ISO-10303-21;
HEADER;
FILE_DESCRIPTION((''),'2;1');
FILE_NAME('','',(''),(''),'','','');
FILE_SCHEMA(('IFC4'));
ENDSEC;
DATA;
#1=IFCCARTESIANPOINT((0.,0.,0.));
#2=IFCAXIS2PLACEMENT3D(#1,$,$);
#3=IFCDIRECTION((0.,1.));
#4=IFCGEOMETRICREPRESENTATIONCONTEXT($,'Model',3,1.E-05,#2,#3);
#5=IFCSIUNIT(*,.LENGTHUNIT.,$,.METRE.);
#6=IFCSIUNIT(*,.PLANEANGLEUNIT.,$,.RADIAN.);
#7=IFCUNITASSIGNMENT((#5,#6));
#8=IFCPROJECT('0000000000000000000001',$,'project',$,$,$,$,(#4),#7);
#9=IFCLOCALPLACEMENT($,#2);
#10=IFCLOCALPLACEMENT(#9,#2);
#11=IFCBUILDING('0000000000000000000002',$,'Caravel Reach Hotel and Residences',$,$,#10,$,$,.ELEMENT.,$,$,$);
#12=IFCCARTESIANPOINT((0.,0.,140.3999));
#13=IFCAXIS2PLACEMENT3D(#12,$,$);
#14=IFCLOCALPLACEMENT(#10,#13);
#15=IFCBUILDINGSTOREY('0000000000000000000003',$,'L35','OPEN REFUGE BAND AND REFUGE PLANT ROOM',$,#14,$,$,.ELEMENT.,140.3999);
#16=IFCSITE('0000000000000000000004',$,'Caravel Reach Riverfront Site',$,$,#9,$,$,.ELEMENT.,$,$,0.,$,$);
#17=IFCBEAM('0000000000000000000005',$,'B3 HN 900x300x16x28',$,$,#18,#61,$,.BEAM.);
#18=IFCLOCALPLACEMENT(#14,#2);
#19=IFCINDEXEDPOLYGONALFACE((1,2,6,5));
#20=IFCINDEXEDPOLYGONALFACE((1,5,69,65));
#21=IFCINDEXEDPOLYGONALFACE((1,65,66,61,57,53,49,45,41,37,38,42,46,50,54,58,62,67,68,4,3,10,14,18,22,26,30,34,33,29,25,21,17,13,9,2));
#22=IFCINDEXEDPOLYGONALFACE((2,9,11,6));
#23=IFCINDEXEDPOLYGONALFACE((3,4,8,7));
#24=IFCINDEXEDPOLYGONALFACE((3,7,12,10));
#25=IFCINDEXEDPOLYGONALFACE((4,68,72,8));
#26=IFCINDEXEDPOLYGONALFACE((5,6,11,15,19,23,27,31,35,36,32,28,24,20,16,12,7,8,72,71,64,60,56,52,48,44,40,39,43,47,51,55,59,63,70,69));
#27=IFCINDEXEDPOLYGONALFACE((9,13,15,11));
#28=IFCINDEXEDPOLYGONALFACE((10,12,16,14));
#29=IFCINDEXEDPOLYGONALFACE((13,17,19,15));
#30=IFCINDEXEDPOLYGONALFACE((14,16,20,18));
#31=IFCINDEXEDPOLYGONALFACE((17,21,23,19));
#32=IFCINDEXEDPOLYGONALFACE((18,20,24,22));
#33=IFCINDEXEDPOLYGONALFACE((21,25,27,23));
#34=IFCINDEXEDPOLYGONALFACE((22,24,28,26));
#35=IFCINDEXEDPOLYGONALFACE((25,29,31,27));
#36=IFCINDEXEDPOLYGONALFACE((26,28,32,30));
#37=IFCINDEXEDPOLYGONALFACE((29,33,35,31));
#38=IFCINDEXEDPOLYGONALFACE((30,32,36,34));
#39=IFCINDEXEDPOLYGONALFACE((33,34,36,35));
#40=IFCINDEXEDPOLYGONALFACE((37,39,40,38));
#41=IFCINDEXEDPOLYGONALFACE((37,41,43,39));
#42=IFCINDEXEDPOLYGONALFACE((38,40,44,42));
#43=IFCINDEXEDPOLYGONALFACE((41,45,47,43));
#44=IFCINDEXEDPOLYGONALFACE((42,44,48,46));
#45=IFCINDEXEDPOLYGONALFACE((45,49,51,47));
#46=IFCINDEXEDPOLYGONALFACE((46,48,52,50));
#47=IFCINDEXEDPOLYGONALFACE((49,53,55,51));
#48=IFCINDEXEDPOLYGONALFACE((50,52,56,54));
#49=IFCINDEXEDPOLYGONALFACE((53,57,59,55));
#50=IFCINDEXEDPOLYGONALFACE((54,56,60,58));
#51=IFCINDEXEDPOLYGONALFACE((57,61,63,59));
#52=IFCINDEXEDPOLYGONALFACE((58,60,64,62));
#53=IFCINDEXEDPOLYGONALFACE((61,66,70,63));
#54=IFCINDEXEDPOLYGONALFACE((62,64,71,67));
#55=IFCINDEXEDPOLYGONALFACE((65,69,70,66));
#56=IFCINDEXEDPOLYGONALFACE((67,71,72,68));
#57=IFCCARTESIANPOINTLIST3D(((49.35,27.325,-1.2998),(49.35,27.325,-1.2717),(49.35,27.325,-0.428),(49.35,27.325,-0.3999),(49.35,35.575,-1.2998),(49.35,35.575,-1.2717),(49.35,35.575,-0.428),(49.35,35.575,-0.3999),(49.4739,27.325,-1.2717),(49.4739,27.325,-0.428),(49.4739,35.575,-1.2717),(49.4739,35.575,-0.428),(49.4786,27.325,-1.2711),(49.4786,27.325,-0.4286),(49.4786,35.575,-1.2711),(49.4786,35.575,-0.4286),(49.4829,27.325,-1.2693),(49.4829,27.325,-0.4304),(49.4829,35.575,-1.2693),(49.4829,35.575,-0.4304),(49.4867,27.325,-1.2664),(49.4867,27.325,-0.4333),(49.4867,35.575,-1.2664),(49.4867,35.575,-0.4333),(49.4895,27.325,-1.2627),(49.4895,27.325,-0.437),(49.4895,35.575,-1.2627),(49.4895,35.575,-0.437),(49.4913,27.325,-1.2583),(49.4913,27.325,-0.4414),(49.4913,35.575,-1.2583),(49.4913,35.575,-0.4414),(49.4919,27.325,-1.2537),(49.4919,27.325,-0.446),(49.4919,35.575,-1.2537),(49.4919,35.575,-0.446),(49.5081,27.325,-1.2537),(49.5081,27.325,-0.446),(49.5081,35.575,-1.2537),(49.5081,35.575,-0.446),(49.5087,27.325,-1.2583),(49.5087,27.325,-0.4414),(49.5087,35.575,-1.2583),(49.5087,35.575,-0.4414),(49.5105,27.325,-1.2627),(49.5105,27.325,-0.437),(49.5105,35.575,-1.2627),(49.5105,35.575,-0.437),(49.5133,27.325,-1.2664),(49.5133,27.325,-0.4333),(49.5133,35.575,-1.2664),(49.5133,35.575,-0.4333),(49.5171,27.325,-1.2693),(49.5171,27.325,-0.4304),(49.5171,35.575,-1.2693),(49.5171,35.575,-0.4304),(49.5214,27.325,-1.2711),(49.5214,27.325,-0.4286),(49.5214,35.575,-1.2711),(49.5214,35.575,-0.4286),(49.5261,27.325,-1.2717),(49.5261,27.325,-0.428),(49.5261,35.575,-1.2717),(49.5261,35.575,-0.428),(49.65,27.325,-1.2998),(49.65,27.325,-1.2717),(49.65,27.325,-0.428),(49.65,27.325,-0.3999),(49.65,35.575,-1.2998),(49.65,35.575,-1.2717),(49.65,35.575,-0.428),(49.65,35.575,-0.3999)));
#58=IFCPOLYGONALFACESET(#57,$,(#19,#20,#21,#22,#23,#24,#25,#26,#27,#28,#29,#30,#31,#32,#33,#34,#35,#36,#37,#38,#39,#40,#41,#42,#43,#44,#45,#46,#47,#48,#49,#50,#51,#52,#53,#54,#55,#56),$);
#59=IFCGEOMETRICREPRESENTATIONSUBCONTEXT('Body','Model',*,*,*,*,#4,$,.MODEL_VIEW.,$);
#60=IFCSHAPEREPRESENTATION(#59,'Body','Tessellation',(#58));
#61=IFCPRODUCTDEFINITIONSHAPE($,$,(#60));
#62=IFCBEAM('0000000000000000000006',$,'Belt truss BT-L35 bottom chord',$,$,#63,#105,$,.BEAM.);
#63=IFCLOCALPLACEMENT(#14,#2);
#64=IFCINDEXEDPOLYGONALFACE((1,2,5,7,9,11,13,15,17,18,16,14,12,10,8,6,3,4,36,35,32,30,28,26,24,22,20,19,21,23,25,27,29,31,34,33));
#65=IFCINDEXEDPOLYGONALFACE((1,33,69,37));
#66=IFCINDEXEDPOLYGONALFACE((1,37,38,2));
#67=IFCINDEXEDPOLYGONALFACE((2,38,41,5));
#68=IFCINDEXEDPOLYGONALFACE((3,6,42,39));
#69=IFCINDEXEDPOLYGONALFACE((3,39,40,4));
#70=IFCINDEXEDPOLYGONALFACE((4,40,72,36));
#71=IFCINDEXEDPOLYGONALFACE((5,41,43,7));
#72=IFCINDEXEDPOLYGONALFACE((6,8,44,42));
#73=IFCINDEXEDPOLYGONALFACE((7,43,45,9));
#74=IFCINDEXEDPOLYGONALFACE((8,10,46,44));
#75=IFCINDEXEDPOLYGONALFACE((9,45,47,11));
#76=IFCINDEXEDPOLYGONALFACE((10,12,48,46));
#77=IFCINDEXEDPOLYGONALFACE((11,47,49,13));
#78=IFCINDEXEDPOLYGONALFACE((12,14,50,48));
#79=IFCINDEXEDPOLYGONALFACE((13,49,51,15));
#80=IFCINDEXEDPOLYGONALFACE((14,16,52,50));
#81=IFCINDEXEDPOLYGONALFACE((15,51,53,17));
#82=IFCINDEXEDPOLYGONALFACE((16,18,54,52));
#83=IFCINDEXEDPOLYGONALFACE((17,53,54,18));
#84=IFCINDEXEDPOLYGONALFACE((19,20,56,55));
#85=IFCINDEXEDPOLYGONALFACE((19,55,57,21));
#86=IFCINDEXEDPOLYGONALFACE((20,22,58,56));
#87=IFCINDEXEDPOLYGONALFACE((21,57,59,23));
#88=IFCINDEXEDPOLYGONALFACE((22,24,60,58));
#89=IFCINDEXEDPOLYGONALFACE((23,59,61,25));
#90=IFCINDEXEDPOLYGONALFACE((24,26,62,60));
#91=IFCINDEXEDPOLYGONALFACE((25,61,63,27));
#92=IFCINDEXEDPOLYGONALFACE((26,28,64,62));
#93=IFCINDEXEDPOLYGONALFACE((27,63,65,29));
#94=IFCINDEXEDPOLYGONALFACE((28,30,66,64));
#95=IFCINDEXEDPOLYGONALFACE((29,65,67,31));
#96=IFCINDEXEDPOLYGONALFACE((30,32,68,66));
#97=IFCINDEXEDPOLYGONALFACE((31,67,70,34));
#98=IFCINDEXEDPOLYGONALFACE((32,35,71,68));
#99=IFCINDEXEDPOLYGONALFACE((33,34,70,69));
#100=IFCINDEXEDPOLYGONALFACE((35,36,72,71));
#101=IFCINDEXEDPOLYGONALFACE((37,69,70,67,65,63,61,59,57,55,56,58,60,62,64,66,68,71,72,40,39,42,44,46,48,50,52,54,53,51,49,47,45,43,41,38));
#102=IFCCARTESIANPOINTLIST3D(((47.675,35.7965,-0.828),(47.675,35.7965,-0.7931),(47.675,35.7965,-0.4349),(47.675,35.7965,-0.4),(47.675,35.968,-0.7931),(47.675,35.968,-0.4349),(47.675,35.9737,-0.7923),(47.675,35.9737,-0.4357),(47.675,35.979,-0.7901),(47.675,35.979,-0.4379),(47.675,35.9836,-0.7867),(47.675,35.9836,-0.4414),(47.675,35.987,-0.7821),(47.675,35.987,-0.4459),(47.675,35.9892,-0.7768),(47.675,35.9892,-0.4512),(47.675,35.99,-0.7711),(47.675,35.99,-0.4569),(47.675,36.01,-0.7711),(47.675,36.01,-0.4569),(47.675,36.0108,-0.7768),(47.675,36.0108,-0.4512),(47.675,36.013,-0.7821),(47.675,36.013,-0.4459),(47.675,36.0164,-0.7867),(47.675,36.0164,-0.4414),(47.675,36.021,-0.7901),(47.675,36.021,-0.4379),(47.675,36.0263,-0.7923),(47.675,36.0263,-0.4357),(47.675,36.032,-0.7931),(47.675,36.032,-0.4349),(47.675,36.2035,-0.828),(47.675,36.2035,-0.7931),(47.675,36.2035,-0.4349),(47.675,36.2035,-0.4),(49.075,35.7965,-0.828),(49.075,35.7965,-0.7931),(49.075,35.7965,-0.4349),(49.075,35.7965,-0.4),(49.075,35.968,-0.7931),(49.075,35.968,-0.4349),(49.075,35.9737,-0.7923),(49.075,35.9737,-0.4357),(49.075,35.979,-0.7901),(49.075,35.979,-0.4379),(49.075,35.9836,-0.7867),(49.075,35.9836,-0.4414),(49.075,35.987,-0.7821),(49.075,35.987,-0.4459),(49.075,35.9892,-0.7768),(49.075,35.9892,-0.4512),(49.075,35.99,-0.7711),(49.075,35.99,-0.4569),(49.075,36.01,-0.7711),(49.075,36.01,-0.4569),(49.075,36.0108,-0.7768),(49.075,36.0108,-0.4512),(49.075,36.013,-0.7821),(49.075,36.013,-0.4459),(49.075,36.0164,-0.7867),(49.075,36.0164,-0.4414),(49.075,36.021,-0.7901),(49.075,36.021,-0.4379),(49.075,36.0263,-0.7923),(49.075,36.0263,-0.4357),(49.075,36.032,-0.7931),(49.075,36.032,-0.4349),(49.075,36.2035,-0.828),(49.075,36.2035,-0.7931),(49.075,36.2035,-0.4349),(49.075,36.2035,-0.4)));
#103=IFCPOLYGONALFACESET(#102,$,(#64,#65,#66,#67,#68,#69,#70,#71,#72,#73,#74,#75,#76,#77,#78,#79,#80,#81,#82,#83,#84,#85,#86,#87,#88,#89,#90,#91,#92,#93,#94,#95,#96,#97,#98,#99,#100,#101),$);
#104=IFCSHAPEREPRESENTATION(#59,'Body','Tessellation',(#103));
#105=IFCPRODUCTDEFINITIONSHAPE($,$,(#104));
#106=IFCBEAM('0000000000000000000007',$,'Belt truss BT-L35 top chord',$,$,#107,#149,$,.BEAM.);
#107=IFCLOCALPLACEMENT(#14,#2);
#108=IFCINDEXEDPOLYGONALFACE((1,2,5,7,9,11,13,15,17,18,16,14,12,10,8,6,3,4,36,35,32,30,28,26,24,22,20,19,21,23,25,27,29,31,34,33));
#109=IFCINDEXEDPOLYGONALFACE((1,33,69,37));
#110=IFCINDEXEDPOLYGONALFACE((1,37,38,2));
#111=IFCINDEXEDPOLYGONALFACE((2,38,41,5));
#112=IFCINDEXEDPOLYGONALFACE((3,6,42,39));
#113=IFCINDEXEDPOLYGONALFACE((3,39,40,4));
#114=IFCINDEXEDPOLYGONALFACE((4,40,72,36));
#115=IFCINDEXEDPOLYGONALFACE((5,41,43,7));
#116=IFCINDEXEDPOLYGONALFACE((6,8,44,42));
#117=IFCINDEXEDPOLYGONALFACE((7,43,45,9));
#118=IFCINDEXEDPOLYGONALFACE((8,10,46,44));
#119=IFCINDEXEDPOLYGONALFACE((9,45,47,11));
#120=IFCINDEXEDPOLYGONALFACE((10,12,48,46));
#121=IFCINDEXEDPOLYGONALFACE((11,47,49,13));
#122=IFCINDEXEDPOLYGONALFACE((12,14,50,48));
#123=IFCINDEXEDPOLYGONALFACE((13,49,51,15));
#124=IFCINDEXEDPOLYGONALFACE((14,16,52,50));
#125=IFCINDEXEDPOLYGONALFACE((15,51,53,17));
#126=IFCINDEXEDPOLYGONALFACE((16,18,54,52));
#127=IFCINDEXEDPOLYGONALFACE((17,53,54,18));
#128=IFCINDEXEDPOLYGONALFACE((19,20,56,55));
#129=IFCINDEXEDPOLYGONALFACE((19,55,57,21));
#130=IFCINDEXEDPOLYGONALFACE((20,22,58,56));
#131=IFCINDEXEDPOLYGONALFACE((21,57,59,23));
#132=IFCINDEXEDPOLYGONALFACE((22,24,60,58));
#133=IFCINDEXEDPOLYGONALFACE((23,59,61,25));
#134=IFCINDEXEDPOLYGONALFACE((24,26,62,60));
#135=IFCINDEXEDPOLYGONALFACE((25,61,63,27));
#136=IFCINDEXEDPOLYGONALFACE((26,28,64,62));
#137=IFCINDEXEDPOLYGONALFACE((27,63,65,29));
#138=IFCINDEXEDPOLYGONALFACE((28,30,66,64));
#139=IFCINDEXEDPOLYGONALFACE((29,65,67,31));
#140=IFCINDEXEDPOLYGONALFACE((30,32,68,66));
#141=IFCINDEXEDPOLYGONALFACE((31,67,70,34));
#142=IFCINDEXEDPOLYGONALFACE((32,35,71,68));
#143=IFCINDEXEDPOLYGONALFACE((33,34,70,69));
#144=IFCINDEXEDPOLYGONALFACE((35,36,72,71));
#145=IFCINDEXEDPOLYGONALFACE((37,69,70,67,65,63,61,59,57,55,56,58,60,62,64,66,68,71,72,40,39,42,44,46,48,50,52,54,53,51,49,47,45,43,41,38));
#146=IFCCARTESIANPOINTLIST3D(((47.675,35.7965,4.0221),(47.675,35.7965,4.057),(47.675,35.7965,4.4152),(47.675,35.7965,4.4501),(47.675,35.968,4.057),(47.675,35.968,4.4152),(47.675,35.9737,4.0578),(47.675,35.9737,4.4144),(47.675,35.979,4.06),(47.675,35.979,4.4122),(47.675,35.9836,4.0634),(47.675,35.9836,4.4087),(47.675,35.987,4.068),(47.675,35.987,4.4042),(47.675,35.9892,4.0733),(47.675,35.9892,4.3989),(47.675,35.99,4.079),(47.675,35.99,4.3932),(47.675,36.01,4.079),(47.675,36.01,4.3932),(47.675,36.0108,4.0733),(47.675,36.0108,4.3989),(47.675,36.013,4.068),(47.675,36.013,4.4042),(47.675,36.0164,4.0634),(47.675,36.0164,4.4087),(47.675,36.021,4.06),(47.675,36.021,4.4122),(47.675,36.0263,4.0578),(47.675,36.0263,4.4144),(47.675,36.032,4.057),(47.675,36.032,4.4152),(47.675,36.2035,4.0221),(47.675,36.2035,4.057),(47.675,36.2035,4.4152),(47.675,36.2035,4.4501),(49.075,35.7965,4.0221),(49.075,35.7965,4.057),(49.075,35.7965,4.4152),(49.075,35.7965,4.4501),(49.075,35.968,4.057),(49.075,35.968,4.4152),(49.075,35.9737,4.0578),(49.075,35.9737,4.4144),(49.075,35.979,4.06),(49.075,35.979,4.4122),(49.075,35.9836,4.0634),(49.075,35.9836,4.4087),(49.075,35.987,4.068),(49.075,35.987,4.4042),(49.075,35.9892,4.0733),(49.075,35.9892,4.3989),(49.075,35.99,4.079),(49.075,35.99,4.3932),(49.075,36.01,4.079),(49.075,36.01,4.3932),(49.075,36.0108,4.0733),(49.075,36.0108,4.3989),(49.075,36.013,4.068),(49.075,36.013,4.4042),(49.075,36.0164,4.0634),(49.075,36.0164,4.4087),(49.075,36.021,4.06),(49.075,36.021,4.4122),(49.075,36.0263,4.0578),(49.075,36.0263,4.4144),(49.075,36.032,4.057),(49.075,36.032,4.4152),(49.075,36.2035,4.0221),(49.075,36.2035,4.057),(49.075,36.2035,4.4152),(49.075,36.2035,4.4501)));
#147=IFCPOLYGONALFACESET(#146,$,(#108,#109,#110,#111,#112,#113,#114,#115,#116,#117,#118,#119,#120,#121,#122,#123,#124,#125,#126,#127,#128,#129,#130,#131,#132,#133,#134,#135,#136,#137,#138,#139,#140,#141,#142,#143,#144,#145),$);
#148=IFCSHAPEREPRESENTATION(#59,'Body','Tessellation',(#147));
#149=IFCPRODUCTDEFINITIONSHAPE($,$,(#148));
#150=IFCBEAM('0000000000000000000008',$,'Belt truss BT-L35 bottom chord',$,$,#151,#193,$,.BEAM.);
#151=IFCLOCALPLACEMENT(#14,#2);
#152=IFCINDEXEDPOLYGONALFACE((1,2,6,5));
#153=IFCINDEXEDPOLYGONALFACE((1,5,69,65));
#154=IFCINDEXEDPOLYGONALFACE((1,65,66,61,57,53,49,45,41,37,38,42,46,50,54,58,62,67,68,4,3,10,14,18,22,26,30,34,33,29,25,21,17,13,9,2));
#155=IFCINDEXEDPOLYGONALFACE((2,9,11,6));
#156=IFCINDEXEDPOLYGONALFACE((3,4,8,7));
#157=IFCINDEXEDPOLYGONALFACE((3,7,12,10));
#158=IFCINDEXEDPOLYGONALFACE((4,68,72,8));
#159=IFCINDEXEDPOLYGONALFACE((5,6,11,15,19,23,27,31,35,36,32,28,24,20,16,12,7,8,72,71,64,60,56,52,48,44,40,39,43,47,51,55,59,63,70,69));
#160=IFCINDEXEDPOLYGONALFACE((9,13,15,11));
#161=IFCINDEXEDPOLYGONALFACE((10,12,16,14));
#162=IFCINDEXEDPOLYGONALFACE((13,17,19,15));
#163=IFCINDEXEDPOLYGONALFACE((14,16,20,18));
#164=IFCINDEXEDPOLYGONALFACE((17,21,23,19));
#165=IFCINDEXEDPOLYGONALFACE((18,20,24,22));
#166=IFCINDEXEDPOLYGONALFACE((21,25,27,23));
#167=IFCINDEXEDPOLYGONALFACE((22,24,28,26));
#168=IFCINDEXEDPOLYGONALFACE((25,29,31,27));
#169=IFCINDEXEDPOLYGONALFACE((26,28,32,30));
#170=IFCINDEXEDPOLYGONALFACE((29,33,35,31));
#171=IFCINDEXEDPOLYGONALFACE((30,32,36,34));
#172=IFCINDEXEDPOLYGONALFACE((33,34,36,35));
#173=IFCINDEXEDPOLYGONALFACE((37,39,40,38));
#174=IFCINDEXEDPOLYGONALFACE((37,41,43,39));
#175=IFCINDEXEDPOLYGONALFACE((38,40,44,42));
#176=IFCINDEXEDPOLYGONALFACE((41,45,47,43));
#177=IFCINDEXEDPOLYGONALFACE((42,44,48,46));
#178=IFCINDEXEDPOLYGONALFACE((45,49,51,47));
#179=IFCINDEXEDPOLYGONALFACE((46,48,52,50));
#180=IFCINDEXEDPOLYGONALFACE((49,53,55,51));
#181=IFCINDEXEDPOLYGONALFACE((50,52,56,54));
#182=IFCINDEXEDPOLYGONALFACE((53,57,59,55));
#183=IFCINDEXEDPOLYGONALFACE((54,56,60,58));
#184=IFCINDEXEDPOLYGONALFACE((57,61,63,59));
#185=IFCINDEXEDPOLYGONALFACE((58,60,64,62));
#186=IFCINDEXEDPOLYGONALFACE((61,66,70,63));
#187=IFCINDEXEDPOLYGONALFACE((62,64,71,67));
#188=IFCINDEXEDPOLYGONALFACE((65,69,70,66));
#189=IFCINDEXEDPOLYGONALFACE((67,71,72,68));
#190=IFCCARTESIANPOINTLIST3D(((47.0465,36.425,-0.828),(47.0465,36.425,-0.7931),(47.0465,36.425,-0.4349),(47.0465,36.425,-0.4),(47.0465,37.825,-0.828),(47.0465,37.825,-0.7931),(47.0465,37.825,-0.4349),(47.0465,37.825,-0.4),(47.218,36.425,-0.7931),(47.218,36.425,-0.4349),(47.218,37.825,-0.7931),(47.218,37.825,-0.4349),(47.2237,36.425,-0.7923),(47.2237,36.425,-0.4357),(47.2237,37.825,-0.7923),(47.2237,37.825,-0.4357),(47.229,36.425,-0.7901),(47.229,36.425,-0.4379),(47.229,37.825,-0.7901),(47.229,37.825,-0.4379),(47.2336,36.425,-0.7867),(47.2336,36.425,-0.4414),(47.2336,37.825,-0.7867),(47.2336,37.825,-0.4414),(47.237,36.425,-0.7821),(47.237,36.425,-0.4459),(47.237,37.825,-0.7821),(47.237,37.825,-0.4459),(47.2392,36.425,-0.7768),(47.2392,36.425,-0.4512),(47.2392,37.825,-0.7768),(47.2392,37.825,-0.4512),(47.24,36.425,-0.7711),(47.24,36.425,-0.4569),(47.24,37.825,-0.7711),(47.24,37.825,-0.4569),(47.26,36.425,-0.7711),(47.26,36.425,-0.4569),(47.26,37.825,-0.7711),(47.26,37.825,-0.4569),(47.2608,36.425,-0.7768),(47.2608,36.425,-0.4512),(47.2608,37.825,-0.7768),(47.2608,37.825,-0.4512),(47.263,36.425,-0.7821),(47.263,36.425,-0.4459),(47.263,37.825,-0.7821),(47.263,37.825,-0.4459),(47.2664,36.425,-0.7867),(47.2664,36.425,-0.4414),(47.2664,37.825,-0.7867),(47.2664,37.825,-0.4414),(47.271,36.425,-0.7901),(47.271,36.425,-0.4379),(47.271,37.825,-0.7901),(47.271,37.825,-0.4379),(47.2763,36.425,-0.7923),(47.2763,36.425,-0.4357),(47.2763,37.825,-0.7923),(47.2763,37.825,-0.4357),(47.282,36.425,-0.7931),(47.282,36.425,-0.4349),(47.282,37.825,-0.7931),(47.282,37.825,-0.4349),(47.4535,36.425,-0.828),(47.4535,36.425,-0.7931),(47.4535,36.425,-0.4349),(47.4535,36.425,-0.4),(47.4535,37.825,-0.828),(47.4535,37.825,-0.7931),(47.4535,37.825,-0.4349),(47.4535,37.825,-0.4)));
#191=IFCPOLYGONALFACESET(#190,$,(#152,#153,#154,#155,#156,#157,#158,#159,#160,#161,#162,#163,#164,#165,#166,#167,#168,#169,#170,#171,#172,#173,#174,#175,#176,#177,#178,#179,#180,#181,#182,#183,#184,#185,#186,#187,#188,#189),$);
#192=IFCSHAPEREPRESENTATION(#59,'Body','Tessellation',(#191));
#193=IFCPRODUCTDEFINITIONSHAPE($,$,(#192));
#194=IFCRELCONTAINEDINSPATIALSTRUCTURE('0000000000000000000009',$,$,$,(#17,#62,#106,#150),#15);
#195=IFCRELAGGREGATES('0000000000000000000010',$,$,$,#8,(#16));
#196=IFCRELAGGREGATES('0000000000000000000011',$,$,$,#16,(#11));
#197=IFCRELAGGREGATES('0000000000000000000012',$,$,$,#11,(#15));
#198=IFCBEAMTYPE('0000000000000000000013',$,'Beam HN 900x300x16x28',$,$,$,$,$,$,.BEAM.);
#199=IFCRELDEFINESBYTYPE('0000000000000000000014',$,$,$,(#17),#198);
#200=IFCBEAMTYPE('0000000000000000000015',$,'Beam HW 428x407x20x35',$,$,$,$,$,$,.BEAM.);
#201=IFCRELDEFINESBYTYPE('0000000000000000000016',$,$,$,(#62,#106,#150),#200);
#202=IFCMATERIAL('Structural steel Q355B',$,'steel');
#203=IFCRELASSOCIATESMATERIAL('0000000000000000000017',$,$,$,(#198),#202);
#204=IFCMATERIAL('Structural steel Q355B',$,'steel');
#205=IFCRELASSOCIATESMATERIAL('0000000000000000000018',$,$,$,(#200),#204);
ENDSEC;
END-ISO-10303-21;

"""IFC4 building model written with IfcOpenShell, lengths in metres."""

from ifc_helpers import new_model, si_unit, direction, frame, origin, origin_2d, place, context, subcontext, project, spatial, i_section, extrude, material, material_profile, profile_set, type_object, element, save


model = new_model("IFC4")

# Units and contexts
model_context = context("Model", 3, precision=1e-05, world=origin(), true_north=direction((0.0, 1.0)))
body_context = subcontext(model_context, "Body", "Model", "MODEL_VIEW")
ifc_project = project(units=[si_unit("LENGTHUNIT", "METRE"), si_unit("PLANEANGLEUNIT", "RADIAN")], contexts=[model_context])

# Site, building, storey
site_placement = place(None, origin())
site = spatial("IfcSite", under=ifc_project, at=site_placement, Name="Caravel Reach Riverfront Site", CompositionType="ELEMENT", RefElevation=0.0)
building_placement = place(site_placement, origin())
building = spatial("IfcBuilding", under=site, at=building_placement, Name="Caravel Reach Hotel and Residences", CompositionType="ELEMENT")
storey_placement = place(building_placement, frame((0.0, 0.0, 140.3999)))
storey = spatial("IfcBuildingStorey", under=building, at=storey_placement, Name="L35", Description="OPEN REFUGE BAND AND REFUGE PLANT ROOM", CompositionType="ELEMENT", Elevation=140.3999)

# Beams
ifc_material_1 = material(Name="Structural steel Q355B", Category="steel")
ifc_material_profile_1 = material_profile(ifc_material_1, i_section(OverallWidth=0.3, OverallDepth=0.8999, WebThickness=0.0161, FlangeThickness=0.0281, FilletRadius=0.0181, at=origin_2d()), Name="HN 900x300x16x28")
ifc_profile_set_1 = profile_set([ifc_material_profile_1], Name="Structural steel Q355B")
beam_type_1 = type_object("IfcBeamType", Name="Beam HN 900x300x16x28", PredefinedType="BEAM", material=ifc_profile_set_1)
beam_1_placement = place(storey_placement, frame((49.5, 27.325, -0.8499), z_axis=(0.0, 1.0, 0.0), x_axis=(-1.0, 0.0, 0.0)))
element("IfcBeam", 1, at=beam_1_placement, inside=storey, type_object=beam_type_1, Name="B3 HN 900x300x16x28", PredefinedType="BEAM", context=body_context, shape_type="SweptSolid", body=[
    extrude(i_section(OverallWidth=0.3, OverallDepth=0.8999, WebThickness=0.0161, FlangeThickness=0.0281, FilletRadius=0.0181, at=origin_2d()), origin(), (0.0, 0.0, 1.0), 8.25),
])
ifc_material_2 = material(Name="Structural steel Q355B", Category="steel")
ifc_material_profile_2 = material_profile(ifc_material_2, i_section(OverallWidth=0.407, OverallDepth=0.428, WebThickness=0.02, FlangeThickness=0.0349, FilletRadius=0.022, at=origin_2d()), Name="HW 428x407x20x35")
ifc_profile_set_2 = profile_set([ifc_material_profile_2], Name="Structural steel Q355B")
beam_type_2 = type_object("IfcBeamType", Name="Beam HW 428x407x20x35", PredefinedType="BEAM", material=ifc_profile_set_2)
for number, where, z_axis, x_axis, name in (
    (2, (49.075, 36.0, -0.614), (-1.0, 0.0, 0.0), (0.0, -1.0, 0.0), "Belt truss BT-L35 bottom chord"),
    (3, (49.075, 36.0, 4.2361), (-1.0, 0.0, 0.0), (0.0, -1.0, 0.0), "Belt truss BT-L35 top chord"),
    (4, (47.25, 36.425, -0.614), (0.0, 1.0, 0.0), (-1.0, 0.0, 0.0), "Belt truss BT-L35 bottom chord"),
):
    element("IfcBeam", number, at=place(storey_placement, frame(where, z_axis=z_axis, x_axis=x_axis)), inside=storey, type_object=beam_type_2, Name=name, PredefinedType="BEAM", context=body_context, shape_type="SweptSolid", body=[
        extrude(i_section(OverallWidth=0.407, OverallDepth=0.428, WebThickness=0.02, FlangeThickness=0.0349, FilletRadius=0.022, at=origin_2d()), origin(), (0.0, 0.0, 1.0), 1.3999),
    ])

save(model, "model.ifc")
